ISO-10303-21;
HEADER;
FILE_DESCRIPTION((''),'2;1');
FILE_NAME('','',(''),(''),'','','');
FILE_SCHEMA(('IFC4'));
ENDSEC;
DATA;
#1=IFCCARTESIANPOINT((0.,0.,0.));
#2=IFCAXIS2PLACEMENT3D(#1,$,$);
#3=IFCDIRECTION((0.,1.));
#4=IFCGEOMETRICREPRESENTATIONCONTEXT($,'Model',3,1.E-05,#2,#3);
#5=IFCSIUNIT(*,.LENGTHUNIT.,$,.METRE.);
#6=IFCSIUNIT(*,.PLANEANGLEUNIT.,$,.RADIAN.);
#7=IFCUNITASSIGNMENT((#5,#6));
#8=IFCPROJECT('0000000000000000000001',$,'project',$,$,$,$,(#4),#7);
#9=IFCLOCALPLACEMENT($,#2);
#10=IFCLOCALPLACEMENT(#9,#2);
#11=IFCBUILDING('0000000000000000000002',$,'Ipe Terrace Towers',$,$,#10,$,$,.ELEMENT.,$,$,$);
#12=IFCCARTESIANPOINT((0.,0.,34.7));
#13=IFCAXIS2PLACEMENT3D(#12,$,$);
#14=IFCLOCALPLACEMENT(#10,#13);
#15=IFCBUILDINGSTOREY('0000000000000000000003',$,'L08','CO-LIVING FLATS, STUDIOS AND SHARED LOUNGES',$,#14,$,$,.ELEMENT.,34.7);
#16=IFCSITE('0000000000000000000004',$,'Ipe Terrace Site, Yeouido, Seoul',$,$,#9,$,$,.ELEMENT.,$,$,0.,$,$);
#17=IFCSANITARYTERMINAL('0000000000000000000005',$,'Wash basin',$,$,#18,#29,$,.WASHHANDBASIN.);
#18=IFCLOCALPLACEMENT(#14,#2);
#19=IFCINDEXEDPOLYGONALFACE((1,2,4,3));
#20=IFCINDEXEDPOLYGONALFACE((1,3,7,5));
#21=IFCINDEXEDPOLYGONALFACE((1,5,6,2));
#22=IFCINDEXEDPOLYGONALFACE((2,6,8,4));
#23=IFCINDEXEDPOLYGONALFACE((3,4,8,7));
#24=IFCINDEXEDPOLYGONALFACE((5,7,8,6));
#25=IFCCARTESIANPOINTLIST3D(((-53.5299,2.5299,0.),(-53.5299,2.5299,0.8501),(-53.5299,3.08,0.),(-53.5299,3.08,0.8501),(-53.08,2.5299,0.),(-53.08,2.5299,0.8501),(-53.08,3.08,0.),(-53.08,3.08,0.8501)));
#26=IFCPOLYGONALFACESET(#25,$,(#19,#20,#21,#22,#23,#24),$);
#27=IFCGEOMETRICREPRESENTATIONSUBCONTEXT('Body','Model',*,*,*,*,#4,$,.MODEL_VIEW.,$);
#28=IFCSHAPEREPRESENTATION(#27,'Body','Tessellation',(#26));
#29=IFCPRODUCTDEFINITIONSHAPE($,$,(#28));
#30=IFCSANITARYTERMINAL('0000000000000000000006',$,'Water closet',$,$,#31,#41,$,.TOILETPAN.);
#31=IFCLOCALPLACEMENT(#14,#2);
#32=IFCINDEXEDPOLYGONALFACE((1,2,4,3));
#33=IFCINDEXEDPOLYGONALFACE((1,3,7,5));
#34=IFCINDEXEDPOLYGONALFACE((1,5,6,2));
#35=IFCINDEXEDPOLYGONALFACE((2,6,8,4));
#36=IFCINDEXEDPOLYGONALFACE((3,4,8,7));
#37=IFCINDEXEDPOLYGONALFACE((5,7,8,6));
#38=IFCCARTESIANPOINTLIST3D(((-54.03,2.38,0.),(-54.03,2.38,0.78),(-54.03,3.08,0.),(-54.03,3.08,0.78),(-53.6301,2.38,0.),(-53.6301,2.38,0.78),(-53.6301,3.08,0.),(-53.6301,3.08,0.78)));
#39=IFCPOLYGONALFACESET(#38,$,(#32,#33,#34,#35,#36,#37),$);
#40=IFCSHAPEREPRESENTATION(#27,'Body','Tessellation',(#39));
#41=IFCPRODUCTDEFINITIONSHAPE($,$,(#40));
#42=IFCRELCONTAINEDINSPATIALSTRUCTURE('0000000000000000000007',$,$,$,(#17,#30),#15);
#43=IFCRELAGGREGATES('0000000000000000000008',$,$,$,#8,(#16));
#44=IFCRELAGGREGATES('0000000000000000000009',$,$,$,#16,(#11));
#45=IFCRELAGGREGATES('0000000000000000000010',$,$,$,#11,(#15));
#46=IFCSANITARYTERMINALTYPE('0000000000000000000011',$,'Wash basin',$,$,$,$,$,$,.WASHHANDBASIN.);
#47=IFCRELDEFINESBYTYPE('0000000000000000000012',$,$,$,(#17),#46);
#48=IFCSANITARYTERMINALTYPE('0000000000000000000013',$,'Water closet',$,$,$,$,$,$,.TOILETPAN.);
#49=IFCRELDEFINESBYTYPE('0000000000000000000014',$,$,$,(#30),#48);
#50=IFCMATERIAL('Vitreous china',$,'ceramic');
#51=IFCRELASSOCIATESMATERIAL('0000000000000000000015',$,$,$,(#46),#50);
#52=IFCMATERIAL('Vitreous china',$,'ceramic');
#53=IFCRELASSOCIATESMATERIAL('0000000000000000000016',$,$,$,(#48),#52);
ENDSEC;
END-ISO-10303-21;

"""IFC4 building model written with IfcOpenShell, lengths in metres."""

from ifc_helpers import new_model, si_unit, direction, frame, origin, origin_2d, place, context, subcontext, project, spatial, rectangle, extrude, material, type_object, element, save


model = new_model("IFC4")

# Units and contexts
model_context = context("Model", 3, precision=1e-05, world=origin(), true_north=direction((0.0, 1.0)))
body_context = subcontext(model_context, "Body", "Model", "MODEL_VIEW")
ifc_project = project(units=[si_unit("LENGTHUNIT", "METRE"), si_unit("PLANEANGLEUNIT", "RADIAN")], contexts=[model_context])

# Site, building, storey
site_placement = place(None, origin())
site = spatial("IfcSite", under=ifc_project, at=site_placement, Name="Ipe Terrace Site, Yeouido, Seoul", CompositionType="ELEMENT", RefElevation=0.0)
building_placement = place(site_placement, origin())
building = spatial("IfcBuilding", under=site, at=building_placement, Name="Ipe Terrace Towers", CompositionType="ELEMENT")
storey_placement = place(building_placement, frame((0.0, 0.0, 34.7)))
storey = spatial("IfcBuildingStorey", under=building, at=storey_placement, Name="L08", Description="CO-LIVING FLATS, STUDIOS AND SHARED LOUNGES", CompositionType="ELEMENT", Elevation=34.7)

# Sanitary terminals
ifc_material_1 = material(Name="Vitreous china", Category="ceramic")
sanitary_terminal_type_1 = type_object("IfcSanitaryTerminalType", Name="Wash basin", PredefinedType="WASHHANDBASIN", material=ifc_material_1)
sanitary_terminal_1_placement = place(storey_placement, frame((-53.3049, 2.8049, 0.0), z_axis=(0.0, 0.0, 1.0), x_axis=(0.0, -1.0, 0.0)))
element("IfcSanitaryTerminal", 1, at=sanitary_terminal_1_placement, inside=storey, type_object=sanitary_terminal_type_1, Name="Wash basin", PredefinedType="WASHHANDBASIN", context=body_context, shape_type="SweptSolid", body=[
    extrude(rectangle(XDim=0.55, YDim=0.45, at=origin_2d()), origin(), (0.0, 0.0, 1.0), 0.8501),
])
ifc_material_2 = material(Name="Vitreous china", Category="ceramic")
sanitary_terminal_type_2 = type_object("IfcSanitaryTerminalType", Name="Water closet", PredefinedType="TOILETPAN", material=ifc_material_2)
sanitary_terminal_2_placement = place(storey_placement, frame((-53.8301, 2.73, 0.0), z_axis=(0.0, 0.0, 1.0), x_axis=(0.0, -1.0, 0.0)))
element("IfcSanitaryTerminal", 2, at=sanitary_terminal_2_placement, inside=storey, type_object=sanitary_terminal_type_2, Name="Water closet", PredefinedType="TOILETPAN", context=body_context, shape_type="SweptSolid", body=[
    extrude(rectangle(XDim=0.7, YDim=0.3999, at=origin_2d()), origin(), (0.0, 0.0, 1.0), 0.78),
])

save(model, "model.ifc")
